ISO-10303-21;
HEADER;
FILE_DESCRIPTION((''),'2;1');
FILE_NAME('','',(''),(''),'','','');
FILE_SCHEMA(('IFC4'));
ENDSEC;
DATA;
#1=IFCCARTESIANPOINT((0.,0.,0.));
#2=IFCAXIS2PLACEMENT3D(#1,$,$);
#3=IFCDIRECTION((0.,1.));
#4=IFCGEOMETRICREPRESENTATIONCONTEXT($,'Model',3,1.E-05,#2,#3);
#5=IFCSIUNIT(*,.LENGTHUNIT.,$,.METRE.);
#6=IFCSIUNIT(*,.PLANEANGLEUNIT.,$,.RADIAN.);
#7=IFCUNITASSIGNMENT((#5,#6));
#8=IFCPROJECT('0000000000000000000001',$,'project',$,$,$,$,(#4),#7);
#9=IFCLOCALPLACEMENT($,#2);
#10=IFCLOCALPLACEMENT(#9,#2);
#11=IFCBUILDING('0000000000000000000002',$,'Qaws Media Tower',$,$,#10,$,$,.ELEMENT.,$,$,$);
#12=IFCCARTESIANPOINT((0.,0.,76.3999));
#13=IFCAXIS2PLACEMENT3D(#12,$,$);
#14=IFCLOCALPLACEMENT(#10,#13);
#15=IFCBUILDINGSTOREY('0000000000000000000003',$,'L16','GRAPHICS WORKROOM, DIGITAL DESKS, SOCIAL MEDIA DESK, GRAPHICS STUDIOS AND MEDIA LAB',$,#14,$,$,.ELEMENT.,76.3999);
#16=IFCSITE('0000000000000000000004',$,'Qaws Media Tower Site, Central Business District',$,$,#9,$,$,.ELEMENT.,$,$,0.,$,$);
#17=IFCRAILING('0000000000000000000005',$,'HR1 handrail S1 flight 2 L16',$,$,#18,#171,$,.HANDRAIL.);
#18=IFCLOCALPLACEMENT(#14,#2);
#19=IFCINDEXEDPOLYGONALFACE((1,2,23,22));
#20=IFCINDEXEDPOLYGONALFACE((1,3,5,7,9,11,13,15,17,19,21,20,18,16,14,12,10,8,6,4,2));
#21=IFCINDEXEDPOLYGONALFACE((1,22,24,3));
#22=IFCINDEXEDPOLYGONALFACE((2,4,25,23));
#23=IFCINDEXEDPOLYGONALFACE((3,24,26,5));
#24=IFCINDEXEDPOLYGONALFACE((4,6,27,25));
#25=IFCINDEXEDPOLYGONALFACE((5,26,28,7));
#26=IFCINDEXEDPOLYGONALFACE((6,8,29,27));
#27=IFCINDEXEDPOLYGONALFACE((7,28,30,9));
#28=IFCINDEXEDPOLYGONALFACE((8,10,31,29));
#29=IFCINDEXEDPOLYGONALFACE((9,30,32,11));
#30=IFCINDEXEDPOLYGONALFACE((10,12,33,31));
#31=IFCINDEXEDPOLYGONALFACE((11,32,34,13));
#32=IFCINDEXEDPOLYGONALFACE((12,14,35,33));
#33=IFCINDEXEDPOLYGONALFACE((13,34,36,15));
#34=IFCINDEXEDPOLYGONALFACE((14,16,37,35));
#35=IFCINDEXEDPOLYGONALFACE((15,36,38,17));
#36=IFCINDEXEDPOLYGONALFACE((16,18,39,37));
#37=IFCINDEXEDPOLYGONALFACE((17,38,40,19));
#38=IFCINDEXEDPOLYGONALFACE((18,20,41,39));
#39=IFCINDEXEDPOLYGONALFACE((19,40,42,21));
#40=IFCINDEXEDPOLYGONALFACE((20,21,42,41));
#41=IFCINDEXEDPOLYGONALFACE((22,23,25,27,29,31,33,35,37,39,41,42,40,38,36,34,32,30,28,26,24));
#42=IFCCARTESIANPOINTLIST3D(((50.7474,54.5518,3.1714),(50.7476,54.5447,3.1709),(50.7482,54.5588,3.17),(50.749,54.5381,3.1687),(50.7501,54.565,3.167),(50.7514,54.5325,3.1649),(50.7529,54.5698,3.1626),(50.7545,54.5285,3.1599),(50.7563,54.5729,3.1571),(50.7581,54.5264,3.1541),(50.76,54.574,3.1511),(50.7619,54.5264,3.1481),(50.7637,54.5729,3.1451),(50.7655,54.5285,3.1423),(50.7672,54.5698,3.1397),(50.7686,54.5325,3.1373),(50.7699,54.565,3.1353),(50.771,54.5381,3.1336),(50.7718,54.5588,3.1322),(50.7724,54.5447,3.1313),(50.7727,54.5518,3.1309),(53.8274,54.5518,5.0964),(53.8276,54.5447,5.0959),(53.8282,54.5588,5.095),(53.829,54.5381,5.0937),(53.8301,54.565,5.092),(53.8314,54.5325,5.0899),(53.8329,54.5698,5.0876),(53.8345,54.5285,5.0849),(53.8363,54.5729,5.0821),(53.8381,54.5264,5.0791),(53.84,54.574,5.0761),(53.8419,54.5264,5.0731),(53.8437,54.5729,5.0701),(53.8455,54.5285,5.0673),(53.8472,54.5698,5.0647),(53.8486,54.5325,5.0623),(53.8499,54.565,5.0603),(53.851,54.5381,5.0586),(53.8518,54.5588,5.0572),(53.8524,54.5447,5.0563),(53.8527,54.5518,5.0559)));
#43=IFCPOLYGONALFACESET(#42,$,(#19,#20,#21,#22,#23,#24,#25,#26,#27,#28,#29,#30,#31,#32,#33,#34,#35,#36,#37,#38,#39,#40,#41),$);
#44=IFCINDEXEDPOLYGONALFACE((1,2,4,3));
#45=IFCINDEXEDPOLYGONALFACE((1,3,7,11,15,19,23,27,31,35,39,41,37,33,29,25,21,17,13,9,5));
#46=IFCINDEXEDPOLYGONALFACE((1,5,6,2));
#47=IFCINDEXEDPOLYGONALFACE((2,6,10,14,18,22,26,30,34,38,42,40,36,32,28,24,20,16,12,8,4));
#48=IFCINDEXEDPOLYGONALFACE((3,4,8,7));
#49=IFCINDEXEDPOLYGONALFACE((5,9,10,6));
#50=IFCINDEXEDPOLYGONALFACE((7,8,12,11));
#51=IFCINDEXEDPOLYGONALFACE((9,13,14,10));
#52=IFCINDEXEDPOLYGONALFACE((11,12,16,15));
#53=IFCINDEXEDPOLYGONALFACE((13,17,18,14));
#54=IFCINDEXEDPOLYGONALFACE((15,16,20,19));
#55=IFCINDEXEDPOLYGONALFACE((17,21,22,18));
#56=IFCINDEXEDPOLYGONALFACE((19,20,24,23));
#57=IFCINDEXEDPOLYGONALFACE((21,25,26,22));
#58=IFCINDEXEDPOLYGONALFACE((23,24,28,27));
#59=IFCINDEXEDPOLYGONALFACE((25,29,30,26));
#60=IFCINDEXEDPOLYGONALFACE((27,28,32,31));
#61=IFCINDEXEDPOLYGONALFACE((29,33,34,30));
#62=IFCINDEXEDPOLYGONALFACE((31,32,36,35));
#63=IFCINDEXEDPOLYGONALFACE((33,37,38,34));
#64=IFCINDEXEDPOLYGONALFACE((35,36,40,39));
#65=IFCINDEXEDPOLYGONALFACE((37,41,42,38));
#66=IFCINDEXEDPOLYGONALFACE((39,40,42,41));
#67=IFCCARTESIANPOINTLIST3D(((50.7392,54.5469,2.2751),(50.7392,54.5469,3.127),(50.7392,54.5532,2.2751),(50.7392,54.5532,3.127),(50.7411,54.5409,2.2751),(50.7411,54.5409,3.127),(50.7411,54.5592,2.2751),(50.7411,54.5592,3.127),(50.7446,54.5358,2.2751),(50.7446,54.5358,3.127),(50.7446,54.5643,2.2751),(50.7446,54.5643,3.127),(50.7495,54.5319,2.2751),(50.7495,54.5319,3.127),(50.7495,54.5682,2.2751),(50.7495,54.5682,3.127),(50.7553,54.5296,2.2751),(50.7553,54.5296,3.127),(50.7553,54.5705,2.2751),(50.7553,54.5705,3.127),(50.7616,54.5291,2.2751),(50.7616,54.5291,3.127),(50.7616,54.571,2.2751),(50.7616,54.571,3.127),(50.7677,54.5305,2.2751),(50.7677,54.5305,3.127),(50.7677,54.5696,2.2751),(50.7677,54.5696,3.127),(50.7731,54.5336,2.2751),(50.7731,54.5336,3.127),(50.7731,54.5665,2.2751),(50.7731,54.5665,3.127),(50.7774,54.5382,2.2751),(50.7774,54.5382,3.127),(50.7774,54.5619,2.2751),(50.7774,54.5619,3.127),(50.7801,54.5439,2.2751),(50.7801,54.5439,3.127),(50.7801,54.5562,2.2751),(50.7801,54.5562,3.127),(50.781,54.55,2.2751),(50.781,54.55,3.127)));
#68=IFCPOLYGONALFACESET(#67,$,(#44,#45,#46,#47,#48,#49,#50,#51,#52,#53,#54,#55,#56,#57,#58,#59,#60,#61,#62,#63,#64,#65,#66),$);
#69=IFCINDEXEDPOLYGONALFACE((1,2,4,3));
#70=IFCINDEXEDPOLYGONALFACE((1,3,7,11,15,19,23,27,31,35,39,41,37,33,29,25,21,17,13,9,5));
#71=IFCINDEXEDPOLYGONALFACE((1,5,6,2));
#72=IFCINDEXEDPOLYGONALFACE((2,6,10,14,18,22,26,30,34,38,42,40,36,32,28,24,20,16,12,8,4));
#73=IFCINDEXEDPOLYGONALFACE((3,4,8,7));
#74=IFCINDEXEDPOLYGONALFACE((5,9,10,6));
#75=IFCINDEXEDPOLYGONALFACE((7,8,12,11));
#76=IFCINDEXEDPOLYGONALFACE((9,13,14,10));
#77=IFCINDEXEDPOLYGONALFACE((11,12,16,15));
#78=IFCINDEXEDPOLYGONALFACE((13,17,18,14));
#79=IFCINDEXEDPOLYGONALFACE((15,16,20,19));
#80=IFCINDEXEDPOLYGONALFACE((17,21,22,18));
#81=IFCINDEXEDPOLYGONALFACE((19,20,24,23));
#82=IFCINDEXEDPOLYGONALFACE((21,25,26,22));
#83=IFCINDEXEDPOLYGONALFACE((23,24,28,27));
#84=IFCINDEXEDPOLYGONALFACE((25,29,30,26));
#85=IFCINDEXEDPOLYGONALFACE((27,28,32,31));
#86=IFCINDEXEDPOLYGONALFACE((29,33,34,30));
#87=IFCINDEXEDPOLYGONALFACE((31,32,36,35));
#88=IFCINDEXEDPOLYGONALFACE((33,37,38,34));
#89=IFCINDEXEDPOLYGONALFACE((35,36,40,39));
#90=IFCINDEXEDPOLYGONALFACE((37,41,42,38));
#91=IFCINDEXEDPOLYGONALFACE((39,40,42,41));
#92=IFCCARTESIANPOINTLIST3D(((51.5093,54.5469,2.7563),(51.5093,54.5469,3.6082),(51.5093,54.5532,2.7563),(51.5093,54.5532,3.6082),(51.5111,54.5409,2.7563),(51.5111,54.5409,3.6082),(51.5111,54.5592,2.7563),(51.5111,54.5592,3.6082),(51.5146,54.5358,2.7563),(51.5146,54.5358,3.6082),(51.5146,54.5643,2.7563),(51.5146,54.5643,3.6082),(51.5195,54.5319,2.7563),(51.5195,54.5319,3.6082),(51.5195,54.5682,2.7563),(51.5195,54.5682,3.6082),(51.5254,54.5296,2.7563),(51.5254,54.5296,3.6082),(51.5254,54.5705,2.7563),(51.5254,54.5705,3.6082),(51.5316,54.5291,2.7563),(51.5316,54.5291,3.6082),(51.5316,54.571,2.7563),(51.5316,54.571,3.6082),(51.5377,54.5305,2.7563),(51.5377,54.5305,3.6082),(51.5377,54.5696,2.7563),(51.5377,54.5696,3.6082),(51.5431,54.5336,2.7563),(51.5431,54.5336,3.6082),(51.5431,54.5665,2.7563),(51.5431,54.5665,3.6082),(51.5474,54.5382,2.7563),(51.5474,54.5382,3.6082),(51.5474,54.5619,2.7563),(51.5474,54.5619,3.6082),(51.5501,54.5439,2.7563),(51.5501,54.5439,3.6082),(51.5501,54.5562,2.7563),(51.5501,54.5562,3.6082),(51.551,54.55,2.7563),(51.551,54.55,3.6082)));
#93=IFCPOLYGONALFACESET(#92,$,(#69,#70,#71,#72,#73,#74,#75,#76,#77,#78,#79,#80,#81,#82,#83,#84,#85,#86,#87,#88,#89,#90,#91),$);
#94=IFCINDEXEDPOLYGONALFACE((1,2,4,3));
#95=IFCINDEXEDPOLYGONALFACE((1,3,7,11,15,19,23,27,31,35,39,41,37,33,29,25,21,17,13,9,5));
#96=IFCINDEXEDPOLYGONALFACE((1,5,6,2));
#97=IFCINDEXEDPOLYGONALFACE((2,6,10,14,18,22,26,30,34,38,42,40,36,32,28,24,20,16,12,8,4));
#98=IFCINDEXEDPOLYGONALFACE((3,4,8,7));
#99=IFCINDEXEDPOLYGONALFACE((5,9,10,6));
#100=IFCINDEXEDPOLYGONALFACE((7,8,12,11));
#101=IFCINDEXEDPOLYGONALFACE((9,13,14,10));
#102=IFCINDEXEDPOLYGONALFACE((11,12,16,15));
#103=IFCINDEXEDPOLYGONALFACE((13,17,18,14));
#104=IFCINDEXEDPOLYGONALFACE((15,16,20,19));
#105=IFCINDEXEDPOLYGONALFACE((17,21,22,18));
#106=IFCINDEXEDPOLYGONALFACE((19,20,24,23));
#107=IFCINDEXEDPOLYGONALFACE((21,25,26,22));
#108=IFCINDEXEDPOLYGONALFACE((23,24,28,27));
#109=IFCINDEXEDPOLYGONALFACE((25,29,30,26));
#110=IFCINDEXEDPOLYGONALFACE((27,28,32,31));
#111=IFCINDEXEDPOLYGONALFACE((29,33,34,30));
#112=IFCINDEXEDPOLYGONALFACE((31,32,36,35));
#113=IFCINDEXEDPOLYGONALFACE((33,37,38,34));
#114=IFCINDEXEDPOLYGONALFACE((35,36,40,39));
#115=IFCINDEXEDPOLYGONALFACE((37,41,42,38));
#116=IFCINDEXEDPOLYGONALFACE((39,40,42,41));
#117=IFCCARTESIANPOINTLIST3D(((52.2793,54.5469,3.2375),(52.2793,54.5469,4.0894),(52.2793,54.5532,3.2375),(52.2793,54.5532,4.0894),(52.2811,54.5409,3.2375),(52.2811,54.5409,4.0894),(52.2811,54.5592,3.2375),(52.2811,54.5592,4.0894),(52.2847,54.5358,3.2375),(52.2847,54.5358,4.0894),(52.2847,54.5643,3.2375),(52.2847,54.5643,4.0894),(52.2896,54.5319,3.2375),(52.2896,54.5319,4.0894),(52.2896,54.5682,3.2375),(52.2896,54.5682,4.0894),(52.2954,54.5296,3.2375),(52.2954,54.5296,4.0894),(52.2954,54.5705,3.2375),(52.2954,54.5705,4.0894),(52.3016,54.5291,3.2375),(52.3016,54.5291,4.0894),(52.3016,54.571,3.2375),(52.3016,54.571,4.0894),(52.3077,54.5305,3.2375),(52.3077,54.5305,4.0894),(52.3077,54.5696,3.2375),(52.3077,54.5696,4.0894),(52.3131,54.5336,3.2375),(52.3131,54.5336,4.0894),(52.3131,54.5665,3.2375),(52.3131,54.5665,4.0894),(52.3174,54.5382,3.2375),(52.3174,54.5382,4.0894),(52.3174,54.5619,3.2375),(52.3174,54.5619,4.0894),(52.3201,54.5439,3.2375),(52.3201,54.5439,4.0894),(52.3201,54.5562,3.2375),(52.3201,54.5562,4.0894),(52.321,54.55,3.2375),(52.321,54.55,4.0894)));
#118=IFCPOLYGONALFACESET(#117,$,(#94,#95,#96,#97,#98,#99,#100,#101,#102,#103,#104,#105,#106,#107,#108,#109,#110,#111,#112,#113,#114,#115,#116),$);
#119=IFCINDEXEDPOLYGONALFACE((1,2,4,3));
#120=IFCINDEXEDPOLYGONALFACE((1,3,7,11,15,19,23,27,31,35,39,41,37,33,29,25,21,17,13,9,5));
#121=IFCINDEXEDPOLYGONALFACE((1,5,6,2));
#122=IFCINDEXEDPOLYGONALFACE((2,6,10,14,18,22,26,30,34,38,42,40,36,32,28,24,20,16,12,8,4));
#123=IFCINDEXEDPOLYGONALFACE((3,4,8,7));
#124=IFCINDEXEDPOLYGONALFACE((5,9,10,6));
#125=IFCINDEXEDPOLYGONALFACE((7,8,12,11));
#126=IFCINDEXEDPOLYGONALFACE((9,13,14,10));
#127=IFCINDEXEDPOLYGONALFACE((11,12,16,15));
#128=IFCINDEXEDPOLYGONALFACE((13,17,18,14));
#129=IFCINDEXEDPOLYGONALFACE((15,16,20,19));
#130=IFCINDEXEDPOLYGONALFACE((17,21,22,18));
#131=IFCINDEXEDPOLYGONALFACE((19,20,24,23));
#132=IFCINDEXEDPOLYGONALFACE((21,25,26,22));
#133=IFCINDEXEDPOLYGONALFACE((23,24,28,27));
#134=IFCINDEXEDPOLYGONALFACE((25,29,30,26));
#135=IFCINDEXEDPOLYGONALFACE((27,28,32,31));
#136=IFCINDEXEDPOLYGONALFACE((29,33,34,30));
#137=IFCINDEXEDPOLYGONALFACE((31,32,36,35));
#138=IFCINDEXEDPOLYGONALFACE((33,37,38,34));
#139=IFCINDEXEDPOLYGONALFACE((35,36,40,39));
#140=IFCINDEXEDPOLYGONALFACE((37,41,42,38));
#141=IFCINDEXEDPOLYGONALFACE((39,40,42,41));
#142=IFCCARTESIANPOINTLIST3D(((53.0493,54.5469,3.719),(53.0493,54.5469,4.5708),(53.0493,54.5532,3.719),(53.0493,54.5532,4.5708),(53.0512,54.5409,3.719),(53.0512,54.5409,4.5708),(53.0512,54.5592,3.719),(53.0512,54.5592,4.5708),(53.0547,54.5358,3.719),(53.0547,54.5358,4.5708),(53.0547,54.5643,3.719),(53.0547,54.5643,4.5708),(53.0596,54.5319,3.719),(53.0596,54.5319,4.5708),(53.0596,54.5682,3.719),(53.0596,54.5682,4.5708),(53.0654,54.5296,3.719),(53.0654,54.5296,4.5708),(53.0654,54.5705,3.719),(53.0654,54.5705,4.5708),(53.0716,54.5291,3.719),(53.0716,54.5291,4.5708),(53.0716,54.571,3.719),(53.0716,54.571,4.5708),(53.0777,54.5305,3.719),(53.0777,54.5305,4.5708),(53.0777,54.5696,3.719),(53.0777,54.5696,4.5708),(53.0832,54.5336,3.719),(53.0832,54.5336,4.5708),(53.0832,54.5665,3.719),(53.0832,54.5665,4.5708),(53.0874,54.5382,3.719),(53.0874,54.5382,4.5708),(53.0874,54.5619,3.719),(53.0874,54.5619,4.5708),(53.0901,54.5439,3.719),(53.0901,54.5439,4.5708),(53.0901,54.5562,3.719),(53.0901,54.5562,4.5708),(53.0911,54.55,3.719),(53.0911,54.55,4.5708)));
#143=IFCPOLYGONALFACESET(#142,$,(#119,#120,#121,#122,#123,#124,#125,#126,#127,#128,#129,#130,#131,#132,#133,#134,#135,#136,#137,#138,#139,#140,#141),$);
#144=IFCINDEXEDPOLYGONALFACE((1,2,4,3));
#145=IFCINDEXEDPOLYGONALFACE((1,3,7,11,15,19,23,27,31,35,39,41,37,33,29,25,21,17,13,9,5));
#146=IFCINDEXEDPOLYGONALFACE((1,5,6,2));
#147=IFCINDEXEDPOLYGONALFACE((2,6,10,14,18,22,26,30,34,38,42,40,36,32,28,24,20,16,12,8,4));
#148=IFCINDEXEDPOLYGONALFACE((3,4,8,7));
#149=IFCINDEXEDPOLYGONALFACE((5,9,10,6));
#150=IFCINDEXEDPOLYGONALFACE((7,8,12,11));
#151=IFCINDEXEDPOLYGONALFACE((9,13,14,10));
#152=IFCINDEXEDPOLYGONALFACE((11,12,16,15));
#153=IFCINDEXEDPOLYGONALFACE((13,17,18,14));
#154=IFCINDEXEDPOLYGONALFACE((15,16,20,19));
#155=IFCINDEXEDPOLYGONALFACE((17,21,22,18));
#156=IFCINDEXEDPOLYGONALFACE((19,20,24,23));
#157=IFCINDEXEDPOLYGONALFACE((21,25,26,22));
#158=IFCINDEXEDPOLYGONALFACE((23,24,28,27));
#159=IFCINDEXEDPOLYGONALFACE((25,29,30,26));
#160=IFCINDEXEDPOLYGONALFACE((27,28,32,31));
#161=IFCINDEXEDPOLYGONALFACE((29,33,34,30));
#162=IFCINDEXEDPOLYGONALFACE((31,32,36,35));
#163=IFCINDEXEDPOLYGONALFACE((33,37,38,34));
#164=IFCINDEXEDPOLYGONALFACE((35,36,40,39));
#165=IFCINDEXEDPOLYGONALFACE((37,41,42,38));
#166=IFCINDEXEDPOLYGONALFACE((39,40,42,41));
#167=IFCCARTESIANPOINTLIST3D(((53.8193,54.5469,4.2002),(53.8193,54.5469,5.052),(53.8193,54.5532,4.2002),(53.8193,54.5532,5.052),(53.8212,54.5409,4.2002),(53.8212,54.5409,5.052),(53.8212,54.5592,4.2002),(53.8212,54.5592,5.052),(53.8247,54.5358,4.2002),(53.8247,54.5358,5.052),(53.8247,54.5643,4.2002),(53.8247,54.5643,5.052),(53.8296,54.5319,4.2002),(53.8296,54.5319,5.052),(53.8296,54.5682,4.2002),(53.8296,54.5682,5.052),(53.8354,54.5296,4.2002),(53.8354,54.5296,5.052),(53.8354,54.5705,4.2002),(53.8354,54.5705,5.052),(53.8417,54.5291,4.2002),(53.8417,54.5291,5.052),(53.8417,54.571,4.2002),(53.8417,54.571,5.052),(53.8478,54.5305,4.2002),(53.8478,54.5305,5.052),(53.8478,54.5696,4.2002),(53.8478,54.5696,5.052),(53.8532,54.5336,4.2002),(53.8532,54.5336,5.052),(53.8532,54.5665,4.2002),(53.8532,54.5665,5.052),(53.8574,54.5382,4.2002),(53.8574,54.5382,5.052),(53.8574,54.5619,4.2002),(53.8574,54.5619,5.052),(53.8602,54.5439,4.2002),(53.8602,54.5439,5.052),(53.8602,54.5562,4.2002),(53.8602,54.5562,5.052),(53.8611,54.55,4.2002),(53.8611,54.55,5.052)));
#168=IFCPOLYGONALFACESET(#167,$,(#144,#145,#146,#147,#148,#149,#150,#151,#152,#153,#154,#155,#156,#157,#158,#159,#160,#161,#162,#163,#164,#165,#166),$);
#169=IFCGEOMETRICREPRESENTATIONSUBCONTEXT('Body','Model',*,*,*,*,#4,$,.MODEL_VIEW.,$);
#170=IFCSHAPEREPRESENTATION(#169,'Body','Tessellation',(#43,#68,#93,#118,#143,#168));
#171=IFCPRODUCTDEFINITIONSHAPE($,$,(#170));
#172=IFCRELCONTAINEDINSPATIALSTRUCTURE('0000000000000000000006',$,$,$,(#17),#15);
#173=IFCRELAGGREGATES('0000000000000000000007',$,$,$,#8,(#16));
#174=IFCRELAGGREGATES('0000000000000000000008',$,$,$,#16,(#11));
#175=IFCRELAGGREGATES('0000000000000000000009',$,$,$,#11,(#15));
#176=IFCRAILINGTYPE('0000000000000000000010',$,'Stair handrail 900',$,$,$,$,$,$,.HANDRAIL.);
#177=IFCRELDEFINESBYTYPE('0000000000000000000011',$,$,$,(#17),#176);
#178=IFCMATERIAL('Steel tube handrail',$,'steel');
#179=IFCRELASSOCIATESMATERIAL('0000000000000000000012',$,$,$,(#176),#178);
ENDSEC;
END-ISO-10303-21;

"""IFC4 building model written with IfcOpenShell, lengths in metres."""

from ifc_helpers import new_model, si_unit, direction, frame, origin, origin_2d, place, context, subcontext, project, spatial, circle, extrude, material, type_object, element, save


model = new_model("IFC4")

# Units and contexts
model_context = context("Model", 3, precision=1e-05, world=origin(), true_north=direction((0.0, 1.0)))
body_context = subcontext(model_context, "Body", "Model", "MODEL_VIEW")
ifc_project = project(units=[si_unit("LENGTHUNIT", "METRE"), si_unit("PLANEANGLEUNIT", "RADIAN")], contexts=[model_context])

# Site, building, storey
site_placement = place(None, origin())
site = spatial("IfcSite", under=ifc_project, at=site_placement, Name="Qaws Media Tower Site, Central Business District", CompositionType="ELEMENT", RefElevation=0.0)
building_placement = place(site_placement, origin())
building = spatial("IfcBuilding", under=site, at=building_placement, Name="Qaws Media Tower", CompositionType="ELEMENT")
storey_placement = place(building_placement, frame((0.0, 0.0, 76.3999)))
storey = spatial("IfcBuildingStorey", under=building, at=storey_placement, Name="L16", Description="GRAPHICS WORKROOM, DIGITAL DESKS, SOCIAL MEDIA DESK, GRAPHICS STUDIOS AND MEDIA LAB", CompositionType="ELEMENT", Elevation=76.3999)

# Railing
ifc_material_1 = material(Name="Steel tube handrail", Category="steel")
railing_type = type_object("IfcRailingType", Name="Stair handrail 900", PredefinedType="HANDRAIL", material=ifc_material_1)
for number, where, name in (
    (1, (50.76, 54.55, 2.2751), "HR1 handrail S1 flight 2 L16"),
):
    element("IfcRailing", number, at=place(storey_placement, frame(where)), inside=storey, type_object=railing_type, Name=name, PredefinedType="HANDRAIL", context=body_context, shape_type="SweptSolid", body=[
        extrude(circle(Radius=0.0239, at=origin_2d()), frame((0.0, 0.0, 0.876), z_axis=(0.847998, 0.0, 0.529999), x_axis=(0.0, 1.0, 0.0)), (0.0, 0.0, 1.0), 3.6321),
        extrude(circle(Radius=0.021, at=origin_2d()), origin(), (0.0, 0.0, 1.0), 0.8518),
        extrude(circle(Radius=0.021, at=origin_2d()), frame((0.77, 0.0, 0.4812)), (0.0, 0.0, 1.0), 0.8518),
        extrude(circle(Radius=0.021, at=origin_2d()), frame((1.54, 0.0, 0.9624)), (0.0, 0.0, 1.0), 0.8518),
        extrude(circle(Radius=0.021, at=origin_2d()), frame((2.3101, 0.0, 1.4438)), (0.0, 0.0, 1.0), 0.8518),
        extrude(circle(Radius=0.021, at=origin_2d()), frame((3.0801, 0.0, 1.925)), (0.0, 0.0, 1.0), 0.8518),
    ])

save(model, "model.ifc")
